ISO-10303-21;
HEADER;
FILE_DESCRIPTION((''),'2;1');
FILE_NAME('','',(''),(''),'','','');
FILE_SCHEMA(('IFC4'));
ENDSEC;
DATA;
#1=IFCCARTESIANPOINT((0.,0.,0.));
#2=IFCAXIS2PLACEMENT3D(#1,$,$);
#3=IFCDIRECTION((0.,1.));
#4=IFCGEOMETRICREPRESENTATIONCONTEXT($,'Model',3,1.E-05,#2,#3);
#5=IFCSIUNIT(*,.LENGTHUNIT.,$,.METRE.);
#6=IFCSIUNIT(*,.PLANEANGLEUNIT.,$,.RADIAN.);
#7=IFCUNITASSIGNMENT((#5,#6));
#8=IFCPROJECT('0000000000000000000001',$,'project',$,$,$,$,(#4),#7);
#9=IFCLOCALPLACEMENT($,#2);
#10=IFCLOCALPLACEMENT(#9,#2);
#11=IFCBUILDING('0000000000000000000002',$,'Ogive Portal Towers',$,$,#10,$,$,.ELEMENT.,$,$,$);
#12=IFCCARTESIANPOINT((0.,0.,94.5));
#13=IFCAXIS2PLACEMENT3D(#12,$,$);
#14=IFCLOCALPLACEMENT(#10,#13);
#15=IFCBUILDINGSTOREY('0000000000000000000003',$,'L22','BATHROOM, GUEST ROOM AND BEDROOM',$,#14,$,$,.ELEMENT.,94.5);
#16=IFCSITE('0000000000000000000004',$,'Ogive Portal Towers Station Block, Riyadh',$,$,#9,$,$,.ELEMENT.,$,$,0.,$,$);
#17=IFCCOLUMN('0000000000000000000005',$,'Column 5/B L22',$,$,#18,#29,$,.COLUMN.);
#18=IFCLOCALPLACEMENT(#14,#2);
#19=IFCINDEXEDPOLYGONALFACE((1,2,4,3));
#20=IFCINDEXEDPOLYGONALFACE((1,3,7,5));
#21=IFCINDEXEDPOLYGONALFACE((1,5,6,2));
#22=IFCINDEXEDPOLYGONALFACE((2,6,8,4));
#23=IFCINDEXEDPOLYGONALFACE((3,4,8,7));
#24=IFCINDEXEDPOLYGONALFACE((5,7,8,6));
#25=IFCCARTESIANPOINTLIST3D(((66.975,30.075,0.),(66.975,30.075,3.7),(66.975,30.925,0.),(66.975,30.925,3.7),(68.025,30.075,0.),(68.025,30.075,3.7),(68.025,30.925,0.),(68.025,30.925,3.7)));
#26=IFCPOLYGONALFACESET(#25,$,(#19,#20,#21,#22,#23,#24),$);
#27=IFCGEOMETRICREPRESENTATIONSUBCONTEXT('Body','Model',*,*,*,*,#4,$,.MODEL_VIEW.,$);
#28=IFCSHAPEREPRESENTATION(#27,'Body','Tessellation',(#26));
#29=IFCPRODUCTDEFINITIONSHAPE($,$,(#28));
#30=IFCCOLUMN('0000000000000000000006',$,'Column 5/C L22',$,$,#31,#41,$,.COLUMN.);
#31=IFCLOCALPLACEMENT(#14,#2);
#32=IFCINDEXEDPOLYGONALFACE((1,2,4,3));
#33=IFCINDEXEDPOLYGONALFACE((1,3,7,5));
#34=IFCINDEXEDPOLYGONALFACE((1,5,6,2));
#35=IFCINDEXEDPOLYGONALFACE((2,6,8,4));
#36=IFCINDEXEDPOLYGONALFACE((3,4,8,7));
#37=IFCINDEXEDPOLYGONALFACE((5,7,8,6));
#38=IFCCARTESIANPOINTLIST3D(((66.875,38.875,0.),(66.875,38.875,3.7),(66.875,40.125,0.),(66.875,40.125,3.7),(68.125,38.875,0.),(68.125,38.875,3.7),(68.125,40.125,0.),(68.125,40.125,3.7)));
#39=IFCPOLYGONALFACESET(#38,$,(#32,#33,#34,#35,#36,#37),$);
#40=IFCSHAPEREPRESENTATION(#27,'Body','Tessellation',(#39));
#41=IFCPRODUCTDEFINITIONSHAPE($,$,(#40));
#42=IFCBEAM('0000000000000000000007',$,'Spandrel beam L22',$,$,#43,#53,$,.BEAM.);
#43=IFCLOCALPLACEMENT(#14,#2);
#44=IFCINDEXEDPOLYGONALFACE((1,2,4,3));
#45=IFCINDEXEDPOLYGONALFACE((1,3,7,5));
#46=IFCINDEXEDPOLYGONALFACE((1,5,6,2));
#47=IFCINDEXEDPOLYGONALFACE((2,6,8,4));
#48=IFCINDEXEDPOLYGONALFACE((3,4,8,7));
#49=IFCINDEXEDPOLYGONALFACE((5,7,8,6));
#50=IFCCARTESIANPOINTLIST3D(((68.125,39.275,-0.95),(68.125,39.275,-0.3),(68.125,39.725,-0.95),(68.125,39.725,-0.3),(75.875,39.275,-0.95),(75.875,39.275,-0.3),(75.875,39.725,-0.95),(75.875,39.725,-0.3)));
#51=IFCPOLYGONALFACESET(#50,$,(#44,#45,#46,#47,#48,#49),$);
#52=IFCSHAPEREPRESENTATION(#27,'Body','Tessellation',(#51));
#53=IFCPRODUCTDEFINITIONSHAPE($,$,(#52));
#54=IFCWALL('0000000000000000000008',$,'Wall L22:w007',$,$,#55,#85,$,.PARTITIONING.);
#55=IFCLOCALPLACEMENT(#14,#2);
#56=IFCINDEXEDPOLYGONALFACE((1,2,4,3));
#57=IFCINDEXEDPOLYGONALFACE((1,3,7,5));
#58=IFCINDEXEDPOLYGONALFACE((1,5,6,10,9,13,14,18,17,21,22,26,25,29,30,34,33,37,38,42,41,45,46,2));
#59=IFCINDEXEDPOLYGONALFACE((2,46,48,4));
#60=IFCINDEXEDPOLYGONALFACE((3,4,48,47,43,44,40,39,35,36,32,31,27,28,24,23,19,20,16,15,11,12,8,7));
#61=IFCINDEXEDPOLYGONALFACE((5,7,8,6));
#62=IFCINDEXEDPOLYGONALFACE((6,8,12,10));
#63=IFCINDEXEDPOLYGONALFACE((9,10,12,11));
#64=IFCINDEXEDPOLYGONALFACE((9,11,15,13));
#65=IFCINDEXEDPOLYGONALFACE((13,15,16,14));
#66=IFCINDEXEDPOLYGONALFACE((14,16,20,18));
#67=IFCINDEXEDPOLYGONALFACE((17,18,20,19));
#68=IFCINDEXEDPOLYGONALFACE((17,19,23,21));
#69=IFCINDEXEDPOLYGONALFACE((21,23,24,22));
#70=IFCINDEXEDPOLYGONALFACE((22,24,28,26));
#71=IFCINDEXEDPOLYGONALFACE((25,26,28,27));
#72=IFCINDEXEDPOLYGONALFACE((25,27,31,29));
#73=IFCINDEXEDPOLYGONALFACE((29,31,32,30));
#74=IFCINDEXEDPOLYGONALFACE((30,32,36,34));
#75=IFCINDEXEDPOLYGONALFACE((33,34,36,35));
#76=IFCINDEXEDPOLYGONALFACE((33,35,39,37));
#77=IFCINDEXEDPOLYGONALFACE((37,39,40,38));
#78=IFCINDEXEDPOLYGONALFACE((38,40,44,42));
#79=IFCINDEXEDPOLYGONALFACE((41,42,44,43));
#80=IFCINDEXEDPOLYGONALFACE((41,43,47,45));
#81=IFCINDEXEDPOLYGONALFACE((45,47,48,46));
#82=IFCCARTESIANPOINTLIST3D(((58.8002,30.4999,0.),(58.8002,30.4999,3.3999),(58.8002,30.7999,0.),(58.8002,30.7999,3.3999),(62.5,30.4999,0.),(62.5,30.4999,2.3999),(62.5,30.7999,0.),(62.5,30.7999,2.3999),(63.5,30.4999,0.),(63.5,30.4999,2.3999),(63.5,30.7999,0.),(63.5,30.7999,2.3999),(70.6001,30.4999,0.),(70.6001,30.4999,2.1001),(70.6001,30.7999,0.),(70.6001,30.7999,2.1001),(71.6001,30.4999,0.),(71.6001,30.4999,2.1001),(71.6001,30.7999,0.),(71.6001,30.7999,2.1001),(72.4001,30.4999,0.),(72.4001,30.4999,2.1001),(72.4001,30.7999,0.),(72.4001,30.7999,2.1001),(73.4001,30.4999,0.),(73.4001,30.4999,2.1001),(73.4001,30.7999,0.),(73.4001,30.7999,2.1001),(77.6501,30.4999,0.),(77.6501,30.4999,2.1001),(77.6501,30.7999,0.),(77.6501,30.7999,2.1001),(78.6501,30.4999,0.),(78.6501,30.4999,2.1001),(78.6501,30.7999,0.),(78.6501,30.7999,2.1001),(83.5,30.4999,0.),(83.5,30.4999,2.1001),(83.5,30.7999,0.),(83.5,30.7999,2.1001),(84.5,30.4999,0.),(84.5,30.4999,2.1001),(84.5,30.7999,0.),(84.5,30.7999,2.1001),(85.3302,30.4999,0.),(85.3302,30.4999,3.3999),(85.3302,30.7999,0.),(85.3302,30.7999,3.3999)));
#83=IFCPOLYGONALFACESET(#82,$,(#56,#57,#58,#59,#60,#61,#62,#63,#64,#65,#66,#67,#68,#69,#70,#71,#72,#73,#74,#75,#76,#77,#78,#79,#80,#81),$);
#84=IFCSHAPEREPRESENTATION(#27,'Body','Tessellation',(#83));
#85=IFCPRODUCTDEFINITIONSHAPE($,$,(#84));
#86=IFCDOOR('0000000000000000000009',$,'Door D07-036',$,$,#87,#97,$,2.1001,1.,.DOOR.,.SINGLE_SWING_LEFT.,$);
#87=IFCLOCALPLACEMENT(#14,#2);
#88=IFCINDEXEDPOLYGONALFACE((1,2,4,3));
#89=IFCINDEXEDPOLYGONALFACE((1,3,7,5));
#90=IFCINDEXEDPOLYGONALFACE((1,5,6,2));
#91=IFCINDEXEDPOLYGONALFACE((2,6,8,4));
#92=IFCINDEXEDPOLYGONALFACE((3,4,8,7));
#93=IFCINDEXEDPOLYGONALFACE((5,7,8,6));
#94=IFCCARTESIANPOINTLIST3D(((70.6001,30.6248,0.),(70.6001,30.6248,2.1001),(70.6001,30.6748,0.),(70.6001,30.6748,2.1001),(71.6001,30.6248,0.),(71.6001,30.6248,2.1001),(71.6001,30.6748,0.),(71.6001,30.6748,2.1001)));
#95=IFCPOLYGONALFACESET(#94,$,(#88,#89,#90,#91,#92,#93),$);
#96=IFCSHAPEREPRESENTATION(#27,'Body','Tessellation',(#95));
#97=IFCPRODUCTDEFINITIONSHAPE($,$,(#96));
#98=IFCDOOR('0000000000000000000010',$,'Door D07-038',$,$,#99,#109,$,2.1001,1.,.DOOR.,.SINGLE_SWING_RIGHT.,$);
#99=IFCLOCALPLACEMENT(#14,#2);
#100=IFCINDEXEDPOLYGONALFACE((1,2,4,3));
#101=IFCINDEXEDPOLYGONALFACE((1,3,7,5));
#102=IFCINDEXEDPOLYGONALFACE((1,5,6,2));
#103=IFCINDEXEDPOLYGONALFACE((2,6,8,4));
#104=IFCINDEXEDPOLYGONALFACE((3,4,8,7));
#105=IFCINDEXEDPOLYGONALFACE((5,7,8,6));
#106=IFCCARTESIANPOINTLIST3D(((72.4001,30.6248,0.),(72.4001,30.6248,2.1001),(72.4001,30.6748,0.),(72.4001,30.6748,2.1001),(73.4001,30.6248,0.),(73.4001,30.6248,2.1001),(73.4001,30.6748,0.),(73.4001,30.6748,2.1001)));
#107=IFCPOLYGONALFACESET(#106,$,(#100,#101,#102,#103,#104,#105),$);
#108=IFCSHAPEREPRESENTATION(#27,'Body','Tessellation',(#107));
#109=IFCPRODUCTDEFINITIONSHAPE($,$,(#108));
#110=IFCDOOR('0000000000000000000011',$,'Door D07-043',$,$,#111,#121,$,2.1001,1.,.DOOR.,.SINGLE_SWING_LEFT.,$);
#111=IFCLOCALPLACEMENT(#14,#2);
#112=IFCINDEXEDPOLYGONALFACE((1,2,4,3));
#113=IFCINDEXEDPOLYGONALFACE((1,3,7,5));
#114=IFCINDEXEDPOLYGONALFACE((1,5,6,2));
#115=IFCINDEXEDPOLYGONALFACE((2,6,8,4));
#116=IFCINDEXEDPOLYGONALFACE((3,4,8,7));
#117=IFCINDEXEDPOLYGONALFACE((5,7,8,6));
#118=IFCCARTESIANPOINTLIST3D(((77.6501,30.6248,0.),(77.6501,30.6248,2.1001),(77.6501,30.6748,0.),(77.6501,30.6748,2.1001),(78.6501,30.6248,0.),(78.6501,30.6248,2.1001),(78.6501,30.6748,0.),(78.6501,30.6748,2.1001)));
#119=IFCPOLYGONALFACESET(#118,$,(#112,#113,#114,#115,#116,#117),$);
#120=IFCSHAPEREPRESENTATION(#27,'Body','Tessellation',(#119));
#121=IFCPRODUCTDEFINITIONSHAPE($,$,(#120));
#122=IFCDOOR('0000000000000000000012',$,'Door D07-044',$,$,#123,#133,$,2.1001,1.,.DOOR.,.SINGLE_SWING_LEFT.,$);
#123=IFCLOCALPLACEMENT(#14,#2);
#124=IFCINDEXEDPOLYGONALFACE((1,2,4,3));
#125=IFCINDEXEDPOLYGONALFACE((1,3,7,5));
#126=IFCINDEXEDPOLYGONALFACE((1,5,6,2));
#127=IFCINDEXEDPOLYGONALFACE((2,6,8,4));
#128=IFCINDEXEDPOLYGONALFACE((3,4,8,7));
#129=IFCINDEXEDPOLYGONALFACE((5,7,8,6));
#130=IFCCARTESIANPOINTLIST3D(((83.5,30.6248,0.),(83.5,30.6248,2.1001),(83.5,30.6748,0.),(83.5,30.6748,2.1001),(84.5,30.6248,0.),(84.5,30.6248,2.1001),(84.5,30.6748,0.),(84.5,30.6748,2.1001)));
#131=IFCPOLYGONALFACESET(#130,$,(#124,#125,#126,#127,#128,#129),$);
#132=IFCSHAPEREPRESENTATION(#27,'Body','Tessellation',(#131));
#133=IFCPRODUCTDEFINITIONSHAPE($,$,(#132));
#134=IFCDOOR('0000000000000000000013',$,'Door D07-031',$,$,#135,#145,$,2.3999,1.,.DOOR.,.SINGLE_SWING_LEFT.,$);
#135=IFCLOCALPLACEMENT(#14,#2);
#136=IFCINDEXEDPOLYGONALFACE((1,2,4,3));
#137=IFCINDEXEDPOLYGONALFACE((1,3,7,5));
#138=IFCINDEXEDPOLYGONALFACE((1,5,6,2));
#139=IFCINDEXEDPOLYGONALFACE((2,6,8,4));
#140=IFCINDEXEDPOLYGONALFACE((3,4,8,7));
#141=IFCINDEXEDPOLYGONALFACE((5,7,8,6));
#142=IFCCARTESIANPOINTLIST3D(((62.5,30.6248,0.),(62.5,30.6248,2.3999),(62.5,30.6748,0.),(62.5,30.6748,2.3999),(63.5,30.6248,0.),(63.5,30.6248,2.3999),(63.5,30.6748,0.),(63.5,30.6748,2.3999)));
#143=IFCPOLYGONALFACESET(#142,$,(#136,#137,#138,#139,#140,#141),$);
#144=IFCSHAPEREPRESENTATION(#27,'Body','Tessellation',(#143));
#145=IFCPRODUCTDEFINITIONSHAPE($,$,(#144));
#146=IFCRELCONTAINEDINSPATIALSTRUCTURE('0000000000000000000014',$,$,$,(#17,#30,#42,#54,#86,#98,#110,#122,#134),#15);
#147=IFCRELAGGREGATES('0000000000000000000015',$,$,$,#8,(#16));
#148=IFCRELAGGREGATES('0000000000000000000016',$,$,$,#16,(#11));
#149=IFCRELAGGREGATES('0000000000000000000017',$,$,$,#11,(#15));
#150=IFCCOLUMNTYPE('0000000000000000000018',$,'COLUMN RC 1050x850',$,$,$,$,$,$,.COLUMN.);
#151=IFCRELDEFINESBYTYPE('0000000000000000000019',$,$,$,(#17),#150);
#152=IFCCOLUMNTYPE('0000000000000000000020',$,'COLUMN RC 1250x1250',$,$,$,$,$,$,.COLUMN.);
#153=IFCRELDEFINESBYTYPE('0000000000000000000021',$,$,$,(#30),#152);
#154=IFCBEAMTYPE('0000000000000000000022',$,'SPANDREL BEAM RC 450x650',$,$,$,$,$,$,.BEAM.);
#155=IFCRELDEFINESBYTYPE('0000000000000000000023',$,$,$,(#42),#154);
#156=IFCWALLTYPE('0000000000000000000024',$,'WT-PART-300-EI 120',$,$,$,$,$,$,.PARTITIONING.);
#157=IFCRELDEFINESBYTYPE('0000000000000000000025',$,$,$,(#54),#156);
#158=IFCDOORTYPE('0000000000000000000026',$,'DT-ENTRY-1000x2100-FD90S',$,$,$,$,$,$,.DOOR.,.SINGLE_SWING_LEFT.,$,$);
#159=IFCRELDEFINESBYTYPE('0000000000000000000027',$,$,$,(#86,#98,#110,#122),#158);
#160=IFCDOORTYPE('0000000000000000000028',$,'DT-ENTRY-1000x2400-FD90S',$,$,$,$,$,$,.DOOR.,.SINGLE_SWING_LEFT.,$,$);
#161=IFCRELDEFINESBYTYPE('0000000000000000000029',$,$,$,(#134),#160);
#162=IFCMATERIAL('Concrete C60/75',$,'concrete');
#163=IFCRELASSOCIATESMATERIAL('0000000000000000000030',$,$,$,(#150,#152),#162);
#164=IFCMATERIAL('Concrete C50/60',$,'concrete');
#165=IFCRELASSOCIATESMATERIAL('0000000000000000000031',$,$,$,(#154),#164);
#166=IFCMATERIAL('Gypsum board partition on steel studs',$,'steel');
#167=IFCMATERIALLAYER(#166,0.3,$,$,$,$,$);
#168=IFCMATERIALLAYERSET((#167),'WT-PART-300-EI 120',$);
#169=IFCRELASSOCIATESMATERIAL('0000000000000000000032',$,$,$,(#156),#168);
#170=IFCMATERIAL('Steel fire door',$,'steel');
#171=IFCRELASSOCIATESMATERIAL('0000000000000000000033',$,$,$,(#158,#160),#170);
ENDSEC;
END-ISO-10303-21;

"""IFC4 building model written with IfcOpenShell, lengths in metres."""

from ifc_helpers import new_model, si_unit, direction, frame, frame_2d, origin, origin_2d, place, context, subcontext, project, spatial, rectangle, extrude, material, layer, layer_set, material_profile, profile_set, type_object, element, fill, save


model = new_model("IFC4")

# Units and contexts
model_context = context("Model", 3, precision=1e-05, world=origin(), true_north=direction((0.0, 1.0)))
body_context = subcontext(model_context, "Body", "Model", "MODEL_VIEW")
ifc_project = project(units=[si_unit("LENGTHUNIT", "METRE"), si_unit("PLANEANGLEUNIT", "RADIAN")], contexts=[model_context])

# Site, building, storey
site_placement = place(None, origin())
site = spatial("IfcSite", under=ifc_project, at=site_placement, Name="Ogive Portal Towers Station Block, Riyadh", CompositionType="ELEMENT", RefElevation=0.0)
building_placement = place(site_placement, origin())
building = spatial("IfcBuilding", under=site, at=building_placement, Name="Ogive Portal Towers", CompositionType="ELEMENT")
storey_placement = place(building_placement, frame((0.0, 0.0, 94.5)))
storey = spatial("IfcBuildingStorey", under=building, at=storey_placement, Name="L22", Description="BATHROOM, GUEST ROOM AND BEDROOM", CompositionType="ELEMENT", Elevation=94.5)

# Columns
ifc_material_1 = material(Name="Concrete C60/75", Category="concrete")
ifc_material_profile_1 = material_profile(ifc_material_1, rectangle(XDim=1.05, YDim=0.8501, at=origin_2d()), Name="RC 1050x850")
ifc_profile_set_1 = profile_set([ifc_material_profile_1], Name="Concrete C60/75")
column_type_1 = type_object("IfcColumnType", Name="COLUMN RC 1050x850", PredefinedType="COLUMN", material=ifc_profile_set_1)
column_1_placement = place(storey_placement, frame((67.5, 30.5, 0.0), z_axis=(0.0, 0.0, 1.0), x_axis=(1.0, 0.0, 0.0)))
element("IfcColumn", 1, at=column_1_placement, inside=storey, type_object=column_type_1, Name="Column 5/B L22", PredefinedType="COLUMN", context=body_context, shape_type="SweptSolid", body=[
    extrude(rectangle(XDim=1.05, YDim=0.8501, at=origin_2d()), origin(), (0.0, 0.0, 1.0), 3.7),
])
ifc_material_profile_2 = material_profile(ifc_material_1, rectangle(XDim=1.25, YDim=1.25, at=origin_2d()), Name="RC 1250x1250")
ifc_profile_set_2 = profile_set([ifc_material_profile_2], Name="Concrete C60/75")
column_type_2 = type_object("IfcColumnType", Name="COLUMN RC 1250x1250", PredefinedType="COLUMN", material=ifc_profile_set_2)
column_2_placement = place(storey_placement, frame((67.5, 39.5, 0.0), z_axis=(0.0, 0.0, 1.0), x_axis=(1.0, 0.0, 0.0)))
element("IfcColumn", 2, at=column_2_placement, inside=storey, type_object=column_type_2, Name="Column 5/C L22", PredefinedType="COLUMN", context=body_context, shape_type="SweptSolid", body=[
    extrude(rectangle(XDim=1.25, YDim=1.25, at=origin_2d()), origin(), (0.0, 0.0, 1.0), 3.7),
])

# Beam
ifc_material_2 = material(Name="Concrete C50/60", Category="concrete")
ifc_material_profile_3 = material_profile(ifc_material_2, rectangle(XDim=0.45, YDim=0.6499, at=origin_2d()), Name="RC 450x650")
ifc_profile_set_3 = profile_set([ifc_material_profile_3], Name="Concrete C50/60")
beam_type = type_object("IfcBeamType", Name="SPANDREL BEAM RC 450x650", PredefinedType="BEAM", material=ifc_profile_set_3)
beam_placement = place(storey_placement, frame((68.125, 39.5, -0.625), z_axis=(1.0, 0.0, 0.0), x_axis=(0.0, 1.0, 0.0)))
element("IfcBeam", 3, at=beam_placement, inside=storey, type_object=beam_type, Name="Spandrel beam L22", PredefinedType="BEAM", context=body_context, shape_type="SweptSolid", body=[
    extrude(rectangle(XDim=0.45, YDim=0.6499, at=origin_2d()), origin(), (0.0, 0.0, 1.0), 7.75),
])

# Wall, openings, doors
ifc_material_3 = material(Name="Gypsum board partition on steel studs", Category="steel")
ifc_layer_1 = layer(ifc_material_3, 0.3)
ifc_layer_set_1 = layer_set([ifc_layer_1], Name="WT-PART-300-EI 120")
wall_type_1 = type_object("IfcWallType", Name="WT-PART-300-EI 120", PredefinedType="PARTITIONING", material=ifc_layer_set_1)
wall_1_placement = place(storey_placement, frame((58.8, 30.6499, 0.0), z_axis=(0.0, 0.0, 1.0), x_axis=(1.0, 0.0, 0.0)))
wall_1 = element("IfcWall", 4, at=wall_1_placement, inside=storey, type_object=wall_type_1, Name="Wall L22:w007", PredefinedType="PARTITIONING", context=body_context, shape_type="SweptSolid", body=[
    extrude(rectangle(XDim=26.53, YDim=0.3, at=frame_2d((13.2651, 0.0))), origin(), (0.0, 0.0, 1.0), 3.3999),
])
opening_1_placement = place(wall_1_placement, frame((3.7, 0.0, 0.0)))
opening_1 = element("IfcOpeningElement", 5, at=opening_1_placement, cuts=wall_1, PredefinedType="OPENING", context=body_context, shape_type="SweptSolid", body=[
    extrude(rectangle(XDim=1.0, YDim=2.3999, at=frame_2d((0.5, 1.2))), frame((0.0, 0.1602, 0.0), z_axis=(0.0, -1.0, 0.0), x_axis=(1.0, 0.0, 0.0)), (0.0, 0.0, 1.0), 0.3201),
])
opening_2_placement = place(wall_1_placement, frame((11.8, 0.0, 0.0)))
opening_2 = element("IfcOpeningElement", 6, at=opening_2_placement, cuts=wall_1, PredefinedType="OPENING", context=body_context, shape_type="SweptSolid", body=[
    extrude(rectangle(XDim=1.0, YDim=2.1001, at=frame_2d((0.5, 1.05))), frame((0.0, 0.1602, 0.0), z_axis=(0.0, -1.0, 0.0), x_axis=(1.0, 0.0, 0.0)), (0.0, 0.0, 1.0), 0.3201),
])
opening_3_placement = place(wall_1_placement, frame((13.6001, 0.0, 0.0)))
opening_3 = element("IfcOpeningElement", 7, at=opening_3_placement, cuts=wall_1, PredefinedType="OPENING", context=body_context, shape_type="SweptSolid", body=[
    extrude(rectangle(XDim=1.0, YDim=2.1001, at=frame_2d((0.5, 1.05))), frame((0.0, 0.1602, 0.0), z_axis=(0.0, -1.0, 0.0), x_axis=(1.0, 0.0, 0.0)), (0.0, 0.0, 1.0), 0.3201),
])
opening_4_placement = place(wall_1_placement, frame((18.8501, 0.0, 0.0)))
opening_4 = element("IfcOpeningElement", 8, at=opening_4_placement, cuts=wall_1, PredefinedType="OPENING", context=body_context, shape_type="SweptSolid", body=[
    extrude(rectangle(XDim=1.0, YDim=2.1001, at=frame_2d((0.5, 1.05))), frame((0.0, 0.1602, 0.0), z_axis=(0.0, -1.0, 0.0), x_axis=(1.0, 0.0, 0.0)), (0.0, 0.0, 1.0), 0.3201),
])
opening_5_placement = place(wall_1_placement, frame((24.7, 0.0, 0.0)))
opening_5 = element("IfcOpeningElement", 9, at=opening_5_placement, cuts=wall_1, PredefinedType="OPENING", context=body_context, shape_type="SweptSolid", body=[
    extrude(rectangle(XDim=1.0, YDim=2.1001, at=frame_2d((0.5, 1.05))), frame((0.0, 0.1602, 0.0), z_axis=(0.0, -1.0, 0.0), x_axis=(1.0, 0.0, 0.0)), (0.0, 0.0, 1.0), 0.3201),
])
ifc_material_4 = material(Name="Steel fire door", Category="steel")
door_type_1 = type_object("IfcDoorType", Name="DT-ENTRY-1000x2100-FD90S", OperationType="SINGLE_SWING_LEFT", PredefinedType="DOOR", material=ifc_material_4)
door_1_placement = place(opening_2_placement, origin())
door_1 = element("IfcDoor", 10, at=door_1_placement, inside=storey, type_object=door_type_1, Name="Door D07-036", OperationType="SINGLE_SWING_LEFT", OverallHeight=2.1001, OverallWidth=1.0, PredefinedType="DOOR", context=body_context, shape_type="SweptSolid", body=[
    extrude(rectangle(XDim=1.0, YDim=2.1001, at=frame_2d((0.5, 1.05))), frame((0.0, 0.0249, 0.0), z_axis=(0.0, -1.0, 0.0), x_axis=(1.0, 0.0, 0.0)), (0.0, 0.0, 1.0), 0.05),
])
fill(opening_2, door_1)
door_2_placement = place(opening_3_placement, origin())
door_2 = element("IfcDoor", 11, at=door_2_placement, inside=storey, type_object=door_type_1, Name="Door D07-038", OperationType="SINGLE_SWING_RIGHT", OverallHeight=2.1001, OverallWidth=1.0, PredefinedType="DOOR", context=body_context, shape_type="SweptSolid", body=[
    extrude(rectangle(XDim=1.0, YDim=2.1001, at=frame_2d((0.5, 1.05))), frame((0.0, 0.0249, 0.0), z_axis=(0.0, -1.0, 0.0), x_axis=(1.0, 0.0, 0.0)), (0.0, 0.0, 1.0), 0.05),
])
fill(opening_3, door_2)
door_3_placement = place(opening_4_placement, origin())
door_3 = element("IfcDoor", 12, at=door_3_placement, inside=storey, type_object=door_type_1, Name="Door D07-043", OperationType="SINGLE_SWING_LEFT", OverallHeight=2.1001, OverallWidth=1.0, PredefinedType="DOOR", context=body_context, shape_type="SweptSolid", body=[
    extrude(rectangle(XDim=1.0, YDim=2.1001, at=frame_2d((0.5, 1.05))), frame((0.0, 0.0249, 0.0), z_axis=(0.0, -1.0, 0.0), x_axis=(1.0, 0.0, 0.0)), (0.0, 0.0, 1.0), 0.05),
])
fill(opening_4, door_3)
door_4_placement = place(opening_5_placement, origin())
door_4 = element("IfcDoor", 13, at=door_4_placement, inside=storey, type_object=door_type_1, Name="Door D07-044", OperationType="SINGLE_SWING_LEFT", OverallHeight=2.1001, OverallWidth=1.0, PredefinedType="DOOR", context=body_context, shape_type="SweptSolid", body=[
    extrude(rectangle(XDim=1.0, YDim=2.1001, at=frame_2d((0.5, 1.05))), frame((0.0, 0.0249, 0.0), z_axis=(0.0, -1.0, 0.0), x_axis=(1.0, 0.0, 0.0)), (0.0, 0.0, 1.0), 0.05),
])
fill(opening_5, door_4)
door_type_2 = type_object("IfcDoorType", Name="DT-ENTRY-1000x2400-FD90S", OperationType="SINGLE_SWING_LEFT", PredefinedType="DOOR", material=ifc_material_4)
door_5_placement = place(opening_1_placement, origin())
door_5 = element("IfcDoor", 14, at=door_5_placement, inside=storey, type_object=door_type_2, Name="Door D07-031", OperationType="SINGLE_SWING_LEFT", OverallHeight=2.3999, OverallWidth=1.0, PredefinedType="DOOR", context=body_context, shape_type="SweptSolid", body=[
    extrude(rectangle(XDim=1.0, YDim=2.3999, at=frame_2d((0.5, 1.2))), frame((0.0, 0.0249, 0.0), z_axis=(0.0, -1.0, 0.0), x_axis=(1.0, 0.0, 0.0)), (0.0, 0.0, 1.0), 0.05),
])
fill(opening_1, door_5)

save(model, "model.ifc")
